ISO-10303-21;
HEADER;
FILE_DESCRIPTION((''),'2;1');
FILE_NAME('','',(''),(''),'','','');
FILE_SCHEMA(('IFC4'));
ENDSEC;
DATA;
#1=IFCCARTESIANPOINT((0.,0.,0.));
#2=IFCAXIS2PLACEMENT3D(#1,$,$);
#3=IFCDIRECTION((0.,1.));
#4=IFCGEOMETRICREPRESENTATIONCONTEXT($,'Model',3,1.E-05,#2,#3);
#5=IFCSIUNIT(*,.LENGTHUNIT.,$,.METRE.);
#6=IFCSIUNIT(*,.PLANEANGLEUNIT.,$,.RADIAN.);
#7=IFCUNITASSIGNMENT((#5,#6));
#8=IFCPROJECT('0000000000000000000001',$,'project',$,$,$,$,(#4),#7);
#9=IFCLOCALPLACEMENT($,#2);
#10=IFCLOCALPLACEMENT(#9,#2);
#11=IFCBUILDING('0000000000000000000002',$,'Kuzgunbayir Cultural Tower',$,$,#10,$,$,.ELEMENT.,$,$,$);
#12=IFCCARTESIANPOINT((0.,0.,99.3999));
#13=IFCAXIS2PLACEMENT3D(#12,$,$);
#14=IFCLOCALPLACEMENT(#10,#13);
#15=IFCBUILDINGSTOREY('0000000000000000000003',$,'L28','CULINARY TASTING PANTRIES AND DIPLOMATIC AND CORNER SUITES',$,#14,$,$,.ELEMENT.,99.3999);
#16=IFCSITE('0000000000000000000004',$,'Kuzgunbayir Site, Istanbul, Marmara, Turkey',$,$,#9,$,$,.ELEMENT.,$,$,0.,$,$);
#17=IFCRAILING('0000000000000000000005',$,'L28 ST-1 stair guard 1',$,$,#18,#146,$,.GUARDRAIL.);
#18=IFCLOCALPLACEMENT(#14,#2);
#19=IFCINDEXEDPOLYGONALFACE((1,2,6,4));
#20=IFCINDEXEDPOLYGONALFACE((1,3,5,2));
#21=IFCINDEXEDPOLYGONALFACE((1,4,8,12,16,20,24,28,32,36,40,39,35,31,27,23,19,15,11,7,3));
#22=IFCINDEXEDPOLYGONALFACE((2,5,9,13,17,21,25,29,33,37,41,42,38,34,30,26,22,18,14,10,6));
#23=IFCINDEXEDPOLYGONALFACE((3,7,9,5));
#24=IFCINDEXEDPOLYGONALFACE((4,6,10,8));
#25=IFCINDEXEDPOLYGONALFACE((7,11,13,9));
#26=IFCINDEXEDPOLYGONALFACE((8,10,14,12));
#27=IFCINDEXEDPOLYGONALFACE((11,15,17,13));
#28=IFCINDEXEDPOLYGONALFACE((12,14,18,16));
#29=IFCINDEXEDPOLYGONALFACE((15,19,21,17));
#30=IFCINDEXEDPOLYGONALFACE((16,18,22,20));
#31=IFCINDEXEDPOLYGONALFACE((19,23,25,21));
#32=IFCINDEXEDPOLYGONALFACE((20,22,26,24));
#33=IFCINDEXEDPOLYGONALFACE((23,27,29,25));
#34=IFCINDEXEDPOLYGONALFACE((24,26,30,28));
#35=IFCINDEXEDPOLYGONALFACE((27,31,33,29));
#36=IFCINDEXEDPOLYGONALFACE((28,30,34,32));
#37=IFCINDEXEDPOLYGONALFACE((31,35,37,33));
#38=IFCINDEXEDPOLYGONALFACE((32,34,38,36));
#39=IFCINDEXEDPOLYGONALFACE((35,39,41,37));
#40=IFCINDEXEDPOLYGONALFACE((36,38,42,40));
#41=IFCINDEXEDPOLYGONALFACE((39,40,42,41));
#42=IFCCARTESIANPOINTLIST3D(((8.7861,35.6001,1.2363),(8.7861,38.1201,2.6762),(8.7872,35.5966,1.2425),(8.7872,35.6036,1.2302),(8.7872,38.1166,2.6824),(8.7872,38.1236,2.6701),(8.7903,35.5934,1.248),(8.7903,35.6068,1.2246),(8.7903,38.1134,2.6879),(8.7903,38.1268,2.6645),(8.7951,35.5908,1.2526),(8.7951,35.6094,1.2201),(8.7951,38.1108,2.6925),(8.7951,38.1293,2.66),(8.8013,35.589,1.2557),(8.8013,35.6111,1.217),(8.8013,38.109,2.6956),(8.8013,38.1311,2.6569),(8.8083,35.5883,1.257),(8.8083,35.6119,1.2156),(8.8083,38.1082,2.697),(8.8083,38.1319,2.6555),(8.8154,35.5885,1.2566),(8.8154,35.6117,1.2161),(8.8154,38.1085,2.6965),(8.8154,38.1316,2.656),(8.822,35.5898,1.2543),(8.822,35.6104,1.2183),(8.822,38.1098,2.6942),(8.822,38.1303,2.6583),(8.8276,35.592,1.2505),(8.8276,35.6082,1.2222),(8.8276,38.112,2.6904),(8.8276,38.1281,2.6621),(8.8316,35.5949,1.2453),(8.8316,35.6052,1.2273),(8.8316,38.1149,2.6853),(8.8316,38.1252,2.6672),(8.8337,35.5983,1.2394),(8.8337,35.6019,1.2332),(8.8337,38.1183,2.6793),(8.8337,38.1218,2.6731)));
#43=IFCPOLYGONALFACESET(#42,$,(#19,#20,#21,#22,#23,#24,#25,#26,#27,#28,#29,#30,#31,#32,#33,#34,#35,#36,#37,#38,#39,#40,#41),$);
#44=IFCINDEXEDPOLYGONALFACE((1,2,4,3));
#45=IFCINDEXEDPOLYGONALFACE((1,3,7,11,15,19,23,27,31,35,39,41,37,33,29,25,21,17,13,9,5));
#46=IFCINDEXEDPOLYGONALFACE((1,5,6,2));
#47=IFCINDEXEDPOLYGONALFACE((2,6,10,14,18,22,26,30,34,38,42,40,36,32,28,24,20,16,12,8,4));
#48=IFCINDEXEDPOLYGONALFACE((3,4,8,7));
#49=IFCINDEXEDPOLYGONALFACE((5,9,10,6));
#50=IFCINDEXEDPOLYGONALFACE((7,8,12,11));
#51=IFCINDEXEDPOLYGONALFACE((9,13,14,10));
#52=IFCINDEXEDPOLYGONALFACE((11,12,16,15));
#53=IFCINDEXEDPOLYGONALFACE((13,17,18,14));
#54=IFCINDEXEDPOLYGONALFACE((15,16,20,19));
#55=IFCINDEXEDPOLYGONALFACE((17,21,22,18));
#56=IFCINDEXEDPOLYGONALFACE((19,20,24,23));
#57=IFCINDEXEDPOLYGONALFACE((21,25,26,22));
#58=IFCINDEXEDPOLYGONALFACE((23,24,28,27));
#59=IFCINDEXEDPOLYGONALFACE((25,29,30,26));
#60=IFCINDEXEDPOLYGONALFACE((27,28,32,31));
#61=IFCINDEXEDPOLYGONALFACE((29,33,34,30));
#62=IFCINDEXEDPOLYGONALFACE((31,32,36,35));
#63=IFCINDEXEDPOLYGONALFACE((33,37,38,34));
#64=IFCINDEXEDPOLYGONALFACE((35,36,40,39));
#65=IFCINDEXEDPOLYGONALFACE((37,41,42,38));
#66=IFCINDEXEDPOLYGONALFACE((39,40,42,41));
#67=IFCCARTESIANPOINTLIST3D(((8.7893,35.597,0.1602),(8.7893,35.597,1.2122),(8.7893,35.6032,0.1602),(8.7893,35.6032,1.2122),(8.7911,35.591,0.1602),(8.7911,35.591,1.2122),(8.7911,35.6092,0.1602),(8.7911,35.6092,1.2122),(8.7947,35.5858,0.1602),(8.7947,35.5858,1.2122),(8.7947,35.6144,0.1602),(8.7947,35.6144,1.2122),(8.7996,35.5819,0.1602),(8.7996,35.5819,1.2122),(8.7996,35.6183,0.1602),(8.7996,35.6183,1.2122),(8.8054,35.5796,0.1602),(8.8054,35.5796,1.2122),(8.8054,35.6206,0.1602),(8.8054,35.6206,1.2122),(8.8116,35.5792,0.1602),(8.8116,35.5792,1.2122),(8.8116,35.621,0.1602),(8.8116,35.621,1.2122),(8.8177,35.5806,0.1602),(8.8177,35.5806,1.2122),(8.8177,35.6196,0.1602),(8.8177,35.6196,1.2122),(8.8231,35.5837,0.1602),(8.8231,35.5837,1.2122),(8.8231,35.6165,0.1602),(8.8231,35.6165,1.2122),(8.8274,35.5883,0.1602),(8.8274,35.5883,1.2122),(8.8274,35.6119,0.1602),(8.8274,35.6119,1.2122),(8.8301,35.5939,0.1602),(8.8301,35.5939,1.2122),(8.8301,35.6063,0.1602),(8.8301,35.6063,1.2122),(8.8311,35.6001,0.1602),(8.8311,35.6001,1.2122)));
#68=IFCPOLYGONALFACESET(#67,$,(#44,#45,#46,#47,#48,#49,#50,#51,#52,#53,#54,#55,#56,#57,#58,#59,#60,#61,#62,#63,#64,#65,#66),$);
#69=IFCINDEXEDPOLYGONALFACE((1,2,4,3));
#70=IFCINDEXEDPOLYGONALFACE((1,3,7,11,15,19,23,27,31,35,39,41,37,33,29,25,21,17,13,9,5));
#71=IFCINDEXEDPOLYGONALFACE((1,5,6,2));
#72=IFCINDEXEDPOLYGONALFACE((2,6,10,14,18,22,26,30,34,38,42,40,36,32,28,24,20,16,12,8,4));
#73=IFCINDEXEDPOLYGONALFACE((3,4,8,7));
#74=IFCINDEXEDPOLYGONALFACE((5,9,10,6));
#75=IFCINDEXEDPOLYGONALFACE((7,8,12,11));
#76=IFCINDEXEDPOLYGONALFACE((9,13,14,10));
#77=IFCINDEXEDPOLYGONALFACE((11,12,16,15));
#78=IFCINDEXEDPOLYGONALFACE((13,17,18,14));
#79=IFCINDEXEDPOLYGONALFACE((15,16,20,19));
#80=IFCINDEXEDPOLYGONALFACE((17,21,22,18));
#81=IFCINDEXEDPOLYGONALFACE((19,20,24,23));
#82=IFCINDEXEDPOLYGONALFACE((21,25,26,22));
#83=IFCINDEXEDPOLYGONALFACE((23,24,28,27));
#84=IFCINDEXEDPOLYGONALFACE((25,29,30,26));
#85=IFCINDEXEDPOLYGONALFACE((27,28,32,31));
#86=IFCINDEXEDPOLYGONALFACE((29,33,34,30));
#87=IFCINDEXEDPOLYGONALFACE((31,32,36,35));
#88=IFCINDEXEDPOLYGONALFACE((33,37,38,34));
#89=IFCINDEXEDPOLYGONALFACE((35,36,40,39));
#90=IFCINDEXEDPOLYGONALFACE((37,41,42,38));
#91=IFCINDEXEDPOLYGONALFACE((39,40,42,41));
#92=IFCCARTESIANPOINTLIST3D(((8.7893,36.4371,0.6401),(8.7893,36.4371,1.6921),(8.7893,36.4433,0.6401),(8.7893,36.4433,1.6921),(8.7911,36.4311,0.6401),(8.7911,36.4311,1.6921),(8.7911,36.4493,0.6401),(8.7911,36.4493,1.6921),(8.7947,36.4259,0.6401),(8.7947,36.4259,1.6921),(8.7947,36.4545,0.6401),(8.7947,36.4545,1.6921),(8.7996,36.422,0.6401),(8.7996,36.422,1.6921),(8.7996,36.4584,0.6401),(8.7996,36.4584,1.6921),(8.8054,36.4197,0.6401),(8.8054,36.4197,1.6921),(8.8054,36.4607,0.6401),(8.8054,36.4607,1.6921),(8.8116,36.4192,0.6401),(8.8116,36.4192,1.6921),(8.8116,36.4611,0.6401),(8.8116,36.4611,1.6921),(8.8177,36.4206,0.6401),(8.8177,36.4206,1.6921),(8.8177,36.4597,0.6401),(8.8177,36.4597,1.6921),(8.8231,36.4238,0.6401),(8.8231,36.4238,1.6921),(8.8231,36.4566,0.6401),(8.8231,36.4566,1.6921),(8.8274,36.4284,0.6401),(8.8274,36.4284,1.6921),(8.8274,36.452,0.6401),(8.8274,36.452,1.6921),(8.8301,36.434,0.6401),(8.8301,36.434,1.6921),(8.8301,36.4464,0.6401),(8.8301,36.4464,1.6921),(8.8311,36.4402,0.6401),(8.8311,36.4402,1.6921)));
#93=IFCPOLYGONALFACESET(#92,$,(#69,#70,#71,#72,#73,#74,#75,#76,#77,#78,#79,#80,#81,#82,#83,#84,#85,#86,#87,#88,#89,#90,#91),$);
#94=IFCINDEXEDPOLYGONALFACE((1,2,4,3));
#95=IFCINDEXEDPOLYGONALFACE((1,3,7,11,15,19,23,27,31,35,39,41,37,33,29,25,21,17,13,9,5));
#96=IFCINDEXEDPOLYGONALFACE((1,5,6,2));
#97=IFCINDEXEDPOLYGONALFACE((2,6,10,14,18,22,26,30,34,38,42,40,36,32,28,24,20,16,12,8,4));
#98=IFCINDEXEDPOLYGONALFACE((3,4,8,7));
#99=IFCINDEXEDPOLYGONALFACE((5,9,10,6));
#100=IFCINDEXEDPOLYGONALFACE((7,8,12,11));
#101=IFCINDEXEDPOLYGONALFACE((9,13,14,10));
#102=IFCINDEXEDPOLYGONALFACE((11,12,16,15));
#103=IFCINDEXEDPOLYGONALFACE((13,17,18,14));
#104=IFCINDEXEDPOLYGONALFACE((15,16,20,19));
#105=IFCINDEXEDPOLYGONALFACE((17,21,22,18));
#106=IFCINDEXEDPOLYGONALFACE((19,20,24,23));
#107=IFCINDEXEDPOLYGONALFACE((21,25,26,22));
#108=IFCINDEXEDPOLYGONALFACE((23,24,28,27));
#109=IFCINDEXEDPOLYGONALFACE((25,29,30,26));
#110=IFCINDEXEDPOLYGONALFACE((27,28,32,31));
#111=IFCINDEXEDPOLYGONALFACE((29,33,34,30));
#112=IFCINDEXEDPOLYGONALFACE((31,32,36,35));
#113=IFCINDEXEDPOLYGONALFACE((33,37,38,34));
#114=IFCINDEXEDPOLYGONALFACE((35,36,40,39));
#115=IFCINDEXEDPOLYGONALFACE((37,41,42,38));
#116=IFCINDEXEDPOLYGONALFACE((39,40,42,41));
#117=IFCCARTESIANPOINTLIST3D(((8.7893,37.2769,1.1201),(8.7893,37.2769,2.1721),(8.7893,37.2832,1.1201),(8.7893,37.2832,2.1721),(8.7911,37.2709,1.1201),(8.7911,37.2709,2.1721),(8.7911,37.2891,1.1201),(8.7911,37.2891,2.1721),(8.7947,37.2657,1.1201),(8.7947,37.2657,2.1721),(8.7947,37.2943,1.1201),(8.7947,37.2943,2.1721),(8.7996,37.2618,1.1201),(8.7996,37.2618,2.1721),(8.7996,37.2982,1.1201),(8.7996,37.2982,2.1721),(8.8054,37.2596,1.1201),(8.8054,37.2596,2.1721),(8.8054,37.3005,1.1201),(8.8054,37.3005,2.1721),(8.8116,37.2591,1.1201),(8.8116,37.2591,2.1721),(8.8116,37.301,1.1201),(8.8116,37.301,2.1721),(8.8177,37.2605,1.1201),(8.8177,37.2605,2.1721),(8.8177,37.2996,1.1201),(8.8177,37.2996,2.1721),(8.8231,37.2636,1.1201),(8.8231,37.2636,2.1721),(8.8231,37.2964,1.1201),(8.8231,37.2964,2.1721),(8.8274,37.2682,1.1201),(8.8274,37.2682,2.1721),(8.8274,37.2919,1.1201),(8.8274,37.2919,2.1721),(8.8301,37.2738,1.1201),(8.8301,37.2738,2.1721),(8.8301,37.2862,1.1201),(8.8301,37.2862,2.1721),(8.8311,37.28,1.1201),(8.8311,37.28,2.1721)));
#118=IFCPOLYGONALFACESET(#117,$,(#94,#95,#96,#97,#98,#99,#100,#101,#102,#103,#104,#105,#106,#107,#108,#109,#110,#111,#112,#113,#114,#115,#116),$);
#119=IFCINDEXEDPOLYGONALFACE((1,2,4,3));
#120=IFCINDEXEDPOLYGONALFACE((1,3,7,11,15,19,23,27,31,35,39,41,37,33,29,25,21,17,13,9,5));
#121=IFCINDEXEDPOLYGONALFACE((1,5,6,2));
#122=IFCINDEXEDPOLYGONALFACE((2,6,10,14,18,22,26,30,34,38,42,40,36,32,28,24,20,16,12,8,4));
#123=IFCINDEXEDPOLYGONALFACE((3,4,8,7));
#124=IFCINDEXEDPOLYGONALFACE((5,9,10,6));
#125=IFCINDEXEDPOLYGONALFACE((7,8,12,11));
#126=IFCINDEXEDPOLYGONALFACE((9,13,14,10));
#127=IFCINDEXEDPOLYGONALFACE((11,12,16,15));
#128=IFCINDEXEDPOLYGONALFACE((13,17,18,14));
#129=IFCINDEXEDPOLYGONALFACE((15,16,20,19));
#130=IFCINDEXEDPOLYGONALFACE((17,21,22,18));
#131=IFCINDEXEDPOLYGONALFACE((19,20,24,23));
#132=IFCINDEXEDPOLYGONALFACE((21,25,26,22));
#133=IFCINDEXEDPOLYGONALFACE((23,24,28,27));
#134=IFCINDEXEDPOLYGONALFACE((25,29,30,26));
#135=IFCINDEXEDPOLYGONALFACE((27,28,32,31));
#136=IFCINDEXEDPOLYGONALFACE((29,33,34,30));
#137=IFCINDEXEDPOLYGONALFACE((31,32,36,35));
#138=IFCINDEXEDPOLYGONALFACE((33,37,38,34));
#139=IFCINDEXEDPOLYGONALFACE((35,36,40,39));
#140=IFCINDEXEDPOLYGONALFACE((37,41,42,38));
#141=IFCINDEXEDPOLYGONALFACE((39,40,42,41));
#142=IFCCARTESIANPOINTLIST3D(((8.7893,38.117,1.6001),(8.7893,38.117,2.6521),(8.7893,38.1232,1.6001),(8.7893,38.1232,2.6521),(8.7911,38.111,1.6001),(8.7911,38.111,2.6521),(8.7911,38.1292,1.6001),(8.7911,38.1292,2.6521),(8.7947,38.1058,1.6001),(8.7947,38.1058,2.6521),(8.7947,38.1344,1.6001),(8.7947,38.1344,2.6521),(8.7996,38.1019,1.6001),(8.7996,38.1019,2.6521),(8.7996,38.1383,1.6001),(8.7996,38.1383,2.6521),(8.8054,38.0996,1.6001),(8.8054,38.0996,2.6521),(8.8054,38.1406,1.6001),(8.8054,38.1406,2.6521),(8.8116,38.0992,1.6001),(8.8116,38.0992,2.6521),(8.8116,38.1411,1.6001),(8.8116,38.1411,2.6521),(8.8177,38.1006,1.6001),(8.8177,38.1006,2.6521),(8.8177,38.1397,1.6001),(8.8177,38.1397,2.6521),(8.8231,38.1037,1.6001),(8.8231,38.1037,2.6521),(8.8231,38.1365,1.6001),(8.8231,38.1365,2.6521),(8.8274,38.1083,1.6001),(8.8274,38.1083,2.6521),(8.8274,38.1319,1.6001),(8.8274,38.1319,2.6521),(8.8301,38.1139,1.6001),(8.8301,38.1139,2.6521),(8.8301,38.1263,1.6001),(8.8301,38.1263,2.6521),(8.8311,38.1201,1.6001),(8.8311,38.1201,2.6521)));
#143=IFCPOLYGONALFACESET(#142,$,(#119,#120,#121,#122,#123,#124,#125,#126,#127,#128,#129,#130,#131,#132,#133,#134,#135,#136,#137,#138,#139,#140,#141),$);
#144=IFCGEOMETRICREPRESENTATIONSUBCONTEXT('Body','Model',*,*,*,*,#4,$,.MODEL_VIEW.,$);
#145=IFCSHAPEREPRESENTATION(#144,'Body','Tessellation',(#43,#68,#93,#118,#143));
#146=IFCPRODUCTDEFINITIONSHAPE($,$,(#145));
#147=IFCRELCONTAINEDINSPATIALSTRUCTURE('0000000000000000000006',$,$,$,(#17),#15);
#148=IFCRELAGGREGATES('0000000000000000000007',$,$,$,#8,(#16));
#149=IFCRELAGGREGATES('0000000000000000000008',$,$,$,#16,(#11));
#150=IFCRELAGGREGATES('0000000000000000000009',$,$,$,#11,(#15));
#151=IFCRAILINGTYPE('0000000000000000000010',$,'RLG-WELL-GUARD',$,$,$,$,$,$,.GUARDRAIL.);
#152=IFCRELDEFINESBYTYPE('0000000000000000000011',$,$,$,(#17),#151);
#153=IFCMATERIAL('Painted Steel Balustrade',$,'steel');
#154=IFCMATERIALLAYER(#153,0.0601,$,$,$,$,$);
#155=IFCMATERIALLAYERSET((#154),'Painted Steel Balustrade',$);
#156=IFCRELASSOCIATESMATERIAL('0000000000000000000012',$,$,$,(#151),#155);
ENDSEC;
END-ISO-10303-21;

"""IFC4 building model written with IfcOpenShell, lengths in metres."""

from ifc_helpers import new_model, si_unit, direction, frame, origin, origin_2d, place, context, subcontext, project, spatial, circle, extrude, material, layer, layer_set, type_object, element, save


model = new_model("IFC4")

# Units and contexts
model_context = context("Model", 3, precision=1e-05, world=origin(), true_north=direction((0.0, 1.0)))
body_context = subcontext(model_context, "Body", "Model", "MODEL_VIEW")
ifc_project = project(units=[si_unit("LENGTHUNIT", "METRE"), si_unit("PLANEANGLEUNIT", "RADIAN")], contexts=[model_context])

# Site, building, storey
site_placement = place(None, origin())
site = spatial("IfcSite", under=ifc_project, at=site_placement, Name="Kuzgunbayir Site, Istanbul, Marmara, Turkey", CompositionType="ELEMENT", RefElevation=0.0)
building_placement = place(site_placement, origin())
building = spatial("IfcBuilding", under=site, at=building_placement, Name="Kuzgunbayir Cultural Tower", CompositionType="ELEMENT")
storey_placement = place(building_placement, frame((0.0, 0.0, 99.3999)))
storey = spatial("IfcBuildingStorey", under=building, at=storey_placement, Name="L28", Description="CULINARY TASTING PANTRIES AND DIPLOMATIC AND CORNER SUITES", CompositionType="ELEMENT", Elevation=99.3999)

# Railing
ifc_material_1 = material(Name="Painted Steel Balustrade", Category="steel")
ifc_layer_1 = layer(ifc_material_1, 0.0601)
ifc_layer_set_1 = layer_set([ifc_layer_1], Name="Painted Steel Balustrade")
railing_type_1 = type_object("IfcRailingType", Name="RLG-WELL-GUARD", PredefinedType="GUARDRAIL", material=ifc_layer_set_1)
railing_1_placement = place(storey_placement, frame((8.8101, 35.6001, 0.1602)))
element("IfcRailing", 1, at=railing_1_placement, inside=storey, type_object=railing_type_1, Name="L28 ST-1 stair guard 1", PredefinedType="GUARDRAIL", context=body_context, shape_type="SweptSolid", body=[
    extrude(circle(Radius=0.0239, at=origin_2d()), frame((0.0, 0.0, 1.0762), z_axis=(0.0, 0.868253, 0.496121), x_axis=(-1.0, 0.0, 0.0)), (0.0, 0.0, 1.0), 2.9023),
    extrude(circle(Radius=0.021, at=origin_2d()), origin(), (0.0, 0.0, 1.0), 1.052),
    extrude(circle(Radius=0.021, at=origin_2d()), frame((0.0, 0.8401, 0.48)), (0.0, 0.0, 1.0), 1.052),
    extrude(circle(Radius=0.021, at=origin_2d()), frame((0.0, 1.6799, 0.96)), (0.0, 0.0, 1.0), 1.052),
    extrude(circle(Radius=0.021, at=origin_2d()), frame((0.0, 2.52, 1.4399)), (0.0, 0.0, 1.0), 1.052),
])

save(model, "model.ifc")
